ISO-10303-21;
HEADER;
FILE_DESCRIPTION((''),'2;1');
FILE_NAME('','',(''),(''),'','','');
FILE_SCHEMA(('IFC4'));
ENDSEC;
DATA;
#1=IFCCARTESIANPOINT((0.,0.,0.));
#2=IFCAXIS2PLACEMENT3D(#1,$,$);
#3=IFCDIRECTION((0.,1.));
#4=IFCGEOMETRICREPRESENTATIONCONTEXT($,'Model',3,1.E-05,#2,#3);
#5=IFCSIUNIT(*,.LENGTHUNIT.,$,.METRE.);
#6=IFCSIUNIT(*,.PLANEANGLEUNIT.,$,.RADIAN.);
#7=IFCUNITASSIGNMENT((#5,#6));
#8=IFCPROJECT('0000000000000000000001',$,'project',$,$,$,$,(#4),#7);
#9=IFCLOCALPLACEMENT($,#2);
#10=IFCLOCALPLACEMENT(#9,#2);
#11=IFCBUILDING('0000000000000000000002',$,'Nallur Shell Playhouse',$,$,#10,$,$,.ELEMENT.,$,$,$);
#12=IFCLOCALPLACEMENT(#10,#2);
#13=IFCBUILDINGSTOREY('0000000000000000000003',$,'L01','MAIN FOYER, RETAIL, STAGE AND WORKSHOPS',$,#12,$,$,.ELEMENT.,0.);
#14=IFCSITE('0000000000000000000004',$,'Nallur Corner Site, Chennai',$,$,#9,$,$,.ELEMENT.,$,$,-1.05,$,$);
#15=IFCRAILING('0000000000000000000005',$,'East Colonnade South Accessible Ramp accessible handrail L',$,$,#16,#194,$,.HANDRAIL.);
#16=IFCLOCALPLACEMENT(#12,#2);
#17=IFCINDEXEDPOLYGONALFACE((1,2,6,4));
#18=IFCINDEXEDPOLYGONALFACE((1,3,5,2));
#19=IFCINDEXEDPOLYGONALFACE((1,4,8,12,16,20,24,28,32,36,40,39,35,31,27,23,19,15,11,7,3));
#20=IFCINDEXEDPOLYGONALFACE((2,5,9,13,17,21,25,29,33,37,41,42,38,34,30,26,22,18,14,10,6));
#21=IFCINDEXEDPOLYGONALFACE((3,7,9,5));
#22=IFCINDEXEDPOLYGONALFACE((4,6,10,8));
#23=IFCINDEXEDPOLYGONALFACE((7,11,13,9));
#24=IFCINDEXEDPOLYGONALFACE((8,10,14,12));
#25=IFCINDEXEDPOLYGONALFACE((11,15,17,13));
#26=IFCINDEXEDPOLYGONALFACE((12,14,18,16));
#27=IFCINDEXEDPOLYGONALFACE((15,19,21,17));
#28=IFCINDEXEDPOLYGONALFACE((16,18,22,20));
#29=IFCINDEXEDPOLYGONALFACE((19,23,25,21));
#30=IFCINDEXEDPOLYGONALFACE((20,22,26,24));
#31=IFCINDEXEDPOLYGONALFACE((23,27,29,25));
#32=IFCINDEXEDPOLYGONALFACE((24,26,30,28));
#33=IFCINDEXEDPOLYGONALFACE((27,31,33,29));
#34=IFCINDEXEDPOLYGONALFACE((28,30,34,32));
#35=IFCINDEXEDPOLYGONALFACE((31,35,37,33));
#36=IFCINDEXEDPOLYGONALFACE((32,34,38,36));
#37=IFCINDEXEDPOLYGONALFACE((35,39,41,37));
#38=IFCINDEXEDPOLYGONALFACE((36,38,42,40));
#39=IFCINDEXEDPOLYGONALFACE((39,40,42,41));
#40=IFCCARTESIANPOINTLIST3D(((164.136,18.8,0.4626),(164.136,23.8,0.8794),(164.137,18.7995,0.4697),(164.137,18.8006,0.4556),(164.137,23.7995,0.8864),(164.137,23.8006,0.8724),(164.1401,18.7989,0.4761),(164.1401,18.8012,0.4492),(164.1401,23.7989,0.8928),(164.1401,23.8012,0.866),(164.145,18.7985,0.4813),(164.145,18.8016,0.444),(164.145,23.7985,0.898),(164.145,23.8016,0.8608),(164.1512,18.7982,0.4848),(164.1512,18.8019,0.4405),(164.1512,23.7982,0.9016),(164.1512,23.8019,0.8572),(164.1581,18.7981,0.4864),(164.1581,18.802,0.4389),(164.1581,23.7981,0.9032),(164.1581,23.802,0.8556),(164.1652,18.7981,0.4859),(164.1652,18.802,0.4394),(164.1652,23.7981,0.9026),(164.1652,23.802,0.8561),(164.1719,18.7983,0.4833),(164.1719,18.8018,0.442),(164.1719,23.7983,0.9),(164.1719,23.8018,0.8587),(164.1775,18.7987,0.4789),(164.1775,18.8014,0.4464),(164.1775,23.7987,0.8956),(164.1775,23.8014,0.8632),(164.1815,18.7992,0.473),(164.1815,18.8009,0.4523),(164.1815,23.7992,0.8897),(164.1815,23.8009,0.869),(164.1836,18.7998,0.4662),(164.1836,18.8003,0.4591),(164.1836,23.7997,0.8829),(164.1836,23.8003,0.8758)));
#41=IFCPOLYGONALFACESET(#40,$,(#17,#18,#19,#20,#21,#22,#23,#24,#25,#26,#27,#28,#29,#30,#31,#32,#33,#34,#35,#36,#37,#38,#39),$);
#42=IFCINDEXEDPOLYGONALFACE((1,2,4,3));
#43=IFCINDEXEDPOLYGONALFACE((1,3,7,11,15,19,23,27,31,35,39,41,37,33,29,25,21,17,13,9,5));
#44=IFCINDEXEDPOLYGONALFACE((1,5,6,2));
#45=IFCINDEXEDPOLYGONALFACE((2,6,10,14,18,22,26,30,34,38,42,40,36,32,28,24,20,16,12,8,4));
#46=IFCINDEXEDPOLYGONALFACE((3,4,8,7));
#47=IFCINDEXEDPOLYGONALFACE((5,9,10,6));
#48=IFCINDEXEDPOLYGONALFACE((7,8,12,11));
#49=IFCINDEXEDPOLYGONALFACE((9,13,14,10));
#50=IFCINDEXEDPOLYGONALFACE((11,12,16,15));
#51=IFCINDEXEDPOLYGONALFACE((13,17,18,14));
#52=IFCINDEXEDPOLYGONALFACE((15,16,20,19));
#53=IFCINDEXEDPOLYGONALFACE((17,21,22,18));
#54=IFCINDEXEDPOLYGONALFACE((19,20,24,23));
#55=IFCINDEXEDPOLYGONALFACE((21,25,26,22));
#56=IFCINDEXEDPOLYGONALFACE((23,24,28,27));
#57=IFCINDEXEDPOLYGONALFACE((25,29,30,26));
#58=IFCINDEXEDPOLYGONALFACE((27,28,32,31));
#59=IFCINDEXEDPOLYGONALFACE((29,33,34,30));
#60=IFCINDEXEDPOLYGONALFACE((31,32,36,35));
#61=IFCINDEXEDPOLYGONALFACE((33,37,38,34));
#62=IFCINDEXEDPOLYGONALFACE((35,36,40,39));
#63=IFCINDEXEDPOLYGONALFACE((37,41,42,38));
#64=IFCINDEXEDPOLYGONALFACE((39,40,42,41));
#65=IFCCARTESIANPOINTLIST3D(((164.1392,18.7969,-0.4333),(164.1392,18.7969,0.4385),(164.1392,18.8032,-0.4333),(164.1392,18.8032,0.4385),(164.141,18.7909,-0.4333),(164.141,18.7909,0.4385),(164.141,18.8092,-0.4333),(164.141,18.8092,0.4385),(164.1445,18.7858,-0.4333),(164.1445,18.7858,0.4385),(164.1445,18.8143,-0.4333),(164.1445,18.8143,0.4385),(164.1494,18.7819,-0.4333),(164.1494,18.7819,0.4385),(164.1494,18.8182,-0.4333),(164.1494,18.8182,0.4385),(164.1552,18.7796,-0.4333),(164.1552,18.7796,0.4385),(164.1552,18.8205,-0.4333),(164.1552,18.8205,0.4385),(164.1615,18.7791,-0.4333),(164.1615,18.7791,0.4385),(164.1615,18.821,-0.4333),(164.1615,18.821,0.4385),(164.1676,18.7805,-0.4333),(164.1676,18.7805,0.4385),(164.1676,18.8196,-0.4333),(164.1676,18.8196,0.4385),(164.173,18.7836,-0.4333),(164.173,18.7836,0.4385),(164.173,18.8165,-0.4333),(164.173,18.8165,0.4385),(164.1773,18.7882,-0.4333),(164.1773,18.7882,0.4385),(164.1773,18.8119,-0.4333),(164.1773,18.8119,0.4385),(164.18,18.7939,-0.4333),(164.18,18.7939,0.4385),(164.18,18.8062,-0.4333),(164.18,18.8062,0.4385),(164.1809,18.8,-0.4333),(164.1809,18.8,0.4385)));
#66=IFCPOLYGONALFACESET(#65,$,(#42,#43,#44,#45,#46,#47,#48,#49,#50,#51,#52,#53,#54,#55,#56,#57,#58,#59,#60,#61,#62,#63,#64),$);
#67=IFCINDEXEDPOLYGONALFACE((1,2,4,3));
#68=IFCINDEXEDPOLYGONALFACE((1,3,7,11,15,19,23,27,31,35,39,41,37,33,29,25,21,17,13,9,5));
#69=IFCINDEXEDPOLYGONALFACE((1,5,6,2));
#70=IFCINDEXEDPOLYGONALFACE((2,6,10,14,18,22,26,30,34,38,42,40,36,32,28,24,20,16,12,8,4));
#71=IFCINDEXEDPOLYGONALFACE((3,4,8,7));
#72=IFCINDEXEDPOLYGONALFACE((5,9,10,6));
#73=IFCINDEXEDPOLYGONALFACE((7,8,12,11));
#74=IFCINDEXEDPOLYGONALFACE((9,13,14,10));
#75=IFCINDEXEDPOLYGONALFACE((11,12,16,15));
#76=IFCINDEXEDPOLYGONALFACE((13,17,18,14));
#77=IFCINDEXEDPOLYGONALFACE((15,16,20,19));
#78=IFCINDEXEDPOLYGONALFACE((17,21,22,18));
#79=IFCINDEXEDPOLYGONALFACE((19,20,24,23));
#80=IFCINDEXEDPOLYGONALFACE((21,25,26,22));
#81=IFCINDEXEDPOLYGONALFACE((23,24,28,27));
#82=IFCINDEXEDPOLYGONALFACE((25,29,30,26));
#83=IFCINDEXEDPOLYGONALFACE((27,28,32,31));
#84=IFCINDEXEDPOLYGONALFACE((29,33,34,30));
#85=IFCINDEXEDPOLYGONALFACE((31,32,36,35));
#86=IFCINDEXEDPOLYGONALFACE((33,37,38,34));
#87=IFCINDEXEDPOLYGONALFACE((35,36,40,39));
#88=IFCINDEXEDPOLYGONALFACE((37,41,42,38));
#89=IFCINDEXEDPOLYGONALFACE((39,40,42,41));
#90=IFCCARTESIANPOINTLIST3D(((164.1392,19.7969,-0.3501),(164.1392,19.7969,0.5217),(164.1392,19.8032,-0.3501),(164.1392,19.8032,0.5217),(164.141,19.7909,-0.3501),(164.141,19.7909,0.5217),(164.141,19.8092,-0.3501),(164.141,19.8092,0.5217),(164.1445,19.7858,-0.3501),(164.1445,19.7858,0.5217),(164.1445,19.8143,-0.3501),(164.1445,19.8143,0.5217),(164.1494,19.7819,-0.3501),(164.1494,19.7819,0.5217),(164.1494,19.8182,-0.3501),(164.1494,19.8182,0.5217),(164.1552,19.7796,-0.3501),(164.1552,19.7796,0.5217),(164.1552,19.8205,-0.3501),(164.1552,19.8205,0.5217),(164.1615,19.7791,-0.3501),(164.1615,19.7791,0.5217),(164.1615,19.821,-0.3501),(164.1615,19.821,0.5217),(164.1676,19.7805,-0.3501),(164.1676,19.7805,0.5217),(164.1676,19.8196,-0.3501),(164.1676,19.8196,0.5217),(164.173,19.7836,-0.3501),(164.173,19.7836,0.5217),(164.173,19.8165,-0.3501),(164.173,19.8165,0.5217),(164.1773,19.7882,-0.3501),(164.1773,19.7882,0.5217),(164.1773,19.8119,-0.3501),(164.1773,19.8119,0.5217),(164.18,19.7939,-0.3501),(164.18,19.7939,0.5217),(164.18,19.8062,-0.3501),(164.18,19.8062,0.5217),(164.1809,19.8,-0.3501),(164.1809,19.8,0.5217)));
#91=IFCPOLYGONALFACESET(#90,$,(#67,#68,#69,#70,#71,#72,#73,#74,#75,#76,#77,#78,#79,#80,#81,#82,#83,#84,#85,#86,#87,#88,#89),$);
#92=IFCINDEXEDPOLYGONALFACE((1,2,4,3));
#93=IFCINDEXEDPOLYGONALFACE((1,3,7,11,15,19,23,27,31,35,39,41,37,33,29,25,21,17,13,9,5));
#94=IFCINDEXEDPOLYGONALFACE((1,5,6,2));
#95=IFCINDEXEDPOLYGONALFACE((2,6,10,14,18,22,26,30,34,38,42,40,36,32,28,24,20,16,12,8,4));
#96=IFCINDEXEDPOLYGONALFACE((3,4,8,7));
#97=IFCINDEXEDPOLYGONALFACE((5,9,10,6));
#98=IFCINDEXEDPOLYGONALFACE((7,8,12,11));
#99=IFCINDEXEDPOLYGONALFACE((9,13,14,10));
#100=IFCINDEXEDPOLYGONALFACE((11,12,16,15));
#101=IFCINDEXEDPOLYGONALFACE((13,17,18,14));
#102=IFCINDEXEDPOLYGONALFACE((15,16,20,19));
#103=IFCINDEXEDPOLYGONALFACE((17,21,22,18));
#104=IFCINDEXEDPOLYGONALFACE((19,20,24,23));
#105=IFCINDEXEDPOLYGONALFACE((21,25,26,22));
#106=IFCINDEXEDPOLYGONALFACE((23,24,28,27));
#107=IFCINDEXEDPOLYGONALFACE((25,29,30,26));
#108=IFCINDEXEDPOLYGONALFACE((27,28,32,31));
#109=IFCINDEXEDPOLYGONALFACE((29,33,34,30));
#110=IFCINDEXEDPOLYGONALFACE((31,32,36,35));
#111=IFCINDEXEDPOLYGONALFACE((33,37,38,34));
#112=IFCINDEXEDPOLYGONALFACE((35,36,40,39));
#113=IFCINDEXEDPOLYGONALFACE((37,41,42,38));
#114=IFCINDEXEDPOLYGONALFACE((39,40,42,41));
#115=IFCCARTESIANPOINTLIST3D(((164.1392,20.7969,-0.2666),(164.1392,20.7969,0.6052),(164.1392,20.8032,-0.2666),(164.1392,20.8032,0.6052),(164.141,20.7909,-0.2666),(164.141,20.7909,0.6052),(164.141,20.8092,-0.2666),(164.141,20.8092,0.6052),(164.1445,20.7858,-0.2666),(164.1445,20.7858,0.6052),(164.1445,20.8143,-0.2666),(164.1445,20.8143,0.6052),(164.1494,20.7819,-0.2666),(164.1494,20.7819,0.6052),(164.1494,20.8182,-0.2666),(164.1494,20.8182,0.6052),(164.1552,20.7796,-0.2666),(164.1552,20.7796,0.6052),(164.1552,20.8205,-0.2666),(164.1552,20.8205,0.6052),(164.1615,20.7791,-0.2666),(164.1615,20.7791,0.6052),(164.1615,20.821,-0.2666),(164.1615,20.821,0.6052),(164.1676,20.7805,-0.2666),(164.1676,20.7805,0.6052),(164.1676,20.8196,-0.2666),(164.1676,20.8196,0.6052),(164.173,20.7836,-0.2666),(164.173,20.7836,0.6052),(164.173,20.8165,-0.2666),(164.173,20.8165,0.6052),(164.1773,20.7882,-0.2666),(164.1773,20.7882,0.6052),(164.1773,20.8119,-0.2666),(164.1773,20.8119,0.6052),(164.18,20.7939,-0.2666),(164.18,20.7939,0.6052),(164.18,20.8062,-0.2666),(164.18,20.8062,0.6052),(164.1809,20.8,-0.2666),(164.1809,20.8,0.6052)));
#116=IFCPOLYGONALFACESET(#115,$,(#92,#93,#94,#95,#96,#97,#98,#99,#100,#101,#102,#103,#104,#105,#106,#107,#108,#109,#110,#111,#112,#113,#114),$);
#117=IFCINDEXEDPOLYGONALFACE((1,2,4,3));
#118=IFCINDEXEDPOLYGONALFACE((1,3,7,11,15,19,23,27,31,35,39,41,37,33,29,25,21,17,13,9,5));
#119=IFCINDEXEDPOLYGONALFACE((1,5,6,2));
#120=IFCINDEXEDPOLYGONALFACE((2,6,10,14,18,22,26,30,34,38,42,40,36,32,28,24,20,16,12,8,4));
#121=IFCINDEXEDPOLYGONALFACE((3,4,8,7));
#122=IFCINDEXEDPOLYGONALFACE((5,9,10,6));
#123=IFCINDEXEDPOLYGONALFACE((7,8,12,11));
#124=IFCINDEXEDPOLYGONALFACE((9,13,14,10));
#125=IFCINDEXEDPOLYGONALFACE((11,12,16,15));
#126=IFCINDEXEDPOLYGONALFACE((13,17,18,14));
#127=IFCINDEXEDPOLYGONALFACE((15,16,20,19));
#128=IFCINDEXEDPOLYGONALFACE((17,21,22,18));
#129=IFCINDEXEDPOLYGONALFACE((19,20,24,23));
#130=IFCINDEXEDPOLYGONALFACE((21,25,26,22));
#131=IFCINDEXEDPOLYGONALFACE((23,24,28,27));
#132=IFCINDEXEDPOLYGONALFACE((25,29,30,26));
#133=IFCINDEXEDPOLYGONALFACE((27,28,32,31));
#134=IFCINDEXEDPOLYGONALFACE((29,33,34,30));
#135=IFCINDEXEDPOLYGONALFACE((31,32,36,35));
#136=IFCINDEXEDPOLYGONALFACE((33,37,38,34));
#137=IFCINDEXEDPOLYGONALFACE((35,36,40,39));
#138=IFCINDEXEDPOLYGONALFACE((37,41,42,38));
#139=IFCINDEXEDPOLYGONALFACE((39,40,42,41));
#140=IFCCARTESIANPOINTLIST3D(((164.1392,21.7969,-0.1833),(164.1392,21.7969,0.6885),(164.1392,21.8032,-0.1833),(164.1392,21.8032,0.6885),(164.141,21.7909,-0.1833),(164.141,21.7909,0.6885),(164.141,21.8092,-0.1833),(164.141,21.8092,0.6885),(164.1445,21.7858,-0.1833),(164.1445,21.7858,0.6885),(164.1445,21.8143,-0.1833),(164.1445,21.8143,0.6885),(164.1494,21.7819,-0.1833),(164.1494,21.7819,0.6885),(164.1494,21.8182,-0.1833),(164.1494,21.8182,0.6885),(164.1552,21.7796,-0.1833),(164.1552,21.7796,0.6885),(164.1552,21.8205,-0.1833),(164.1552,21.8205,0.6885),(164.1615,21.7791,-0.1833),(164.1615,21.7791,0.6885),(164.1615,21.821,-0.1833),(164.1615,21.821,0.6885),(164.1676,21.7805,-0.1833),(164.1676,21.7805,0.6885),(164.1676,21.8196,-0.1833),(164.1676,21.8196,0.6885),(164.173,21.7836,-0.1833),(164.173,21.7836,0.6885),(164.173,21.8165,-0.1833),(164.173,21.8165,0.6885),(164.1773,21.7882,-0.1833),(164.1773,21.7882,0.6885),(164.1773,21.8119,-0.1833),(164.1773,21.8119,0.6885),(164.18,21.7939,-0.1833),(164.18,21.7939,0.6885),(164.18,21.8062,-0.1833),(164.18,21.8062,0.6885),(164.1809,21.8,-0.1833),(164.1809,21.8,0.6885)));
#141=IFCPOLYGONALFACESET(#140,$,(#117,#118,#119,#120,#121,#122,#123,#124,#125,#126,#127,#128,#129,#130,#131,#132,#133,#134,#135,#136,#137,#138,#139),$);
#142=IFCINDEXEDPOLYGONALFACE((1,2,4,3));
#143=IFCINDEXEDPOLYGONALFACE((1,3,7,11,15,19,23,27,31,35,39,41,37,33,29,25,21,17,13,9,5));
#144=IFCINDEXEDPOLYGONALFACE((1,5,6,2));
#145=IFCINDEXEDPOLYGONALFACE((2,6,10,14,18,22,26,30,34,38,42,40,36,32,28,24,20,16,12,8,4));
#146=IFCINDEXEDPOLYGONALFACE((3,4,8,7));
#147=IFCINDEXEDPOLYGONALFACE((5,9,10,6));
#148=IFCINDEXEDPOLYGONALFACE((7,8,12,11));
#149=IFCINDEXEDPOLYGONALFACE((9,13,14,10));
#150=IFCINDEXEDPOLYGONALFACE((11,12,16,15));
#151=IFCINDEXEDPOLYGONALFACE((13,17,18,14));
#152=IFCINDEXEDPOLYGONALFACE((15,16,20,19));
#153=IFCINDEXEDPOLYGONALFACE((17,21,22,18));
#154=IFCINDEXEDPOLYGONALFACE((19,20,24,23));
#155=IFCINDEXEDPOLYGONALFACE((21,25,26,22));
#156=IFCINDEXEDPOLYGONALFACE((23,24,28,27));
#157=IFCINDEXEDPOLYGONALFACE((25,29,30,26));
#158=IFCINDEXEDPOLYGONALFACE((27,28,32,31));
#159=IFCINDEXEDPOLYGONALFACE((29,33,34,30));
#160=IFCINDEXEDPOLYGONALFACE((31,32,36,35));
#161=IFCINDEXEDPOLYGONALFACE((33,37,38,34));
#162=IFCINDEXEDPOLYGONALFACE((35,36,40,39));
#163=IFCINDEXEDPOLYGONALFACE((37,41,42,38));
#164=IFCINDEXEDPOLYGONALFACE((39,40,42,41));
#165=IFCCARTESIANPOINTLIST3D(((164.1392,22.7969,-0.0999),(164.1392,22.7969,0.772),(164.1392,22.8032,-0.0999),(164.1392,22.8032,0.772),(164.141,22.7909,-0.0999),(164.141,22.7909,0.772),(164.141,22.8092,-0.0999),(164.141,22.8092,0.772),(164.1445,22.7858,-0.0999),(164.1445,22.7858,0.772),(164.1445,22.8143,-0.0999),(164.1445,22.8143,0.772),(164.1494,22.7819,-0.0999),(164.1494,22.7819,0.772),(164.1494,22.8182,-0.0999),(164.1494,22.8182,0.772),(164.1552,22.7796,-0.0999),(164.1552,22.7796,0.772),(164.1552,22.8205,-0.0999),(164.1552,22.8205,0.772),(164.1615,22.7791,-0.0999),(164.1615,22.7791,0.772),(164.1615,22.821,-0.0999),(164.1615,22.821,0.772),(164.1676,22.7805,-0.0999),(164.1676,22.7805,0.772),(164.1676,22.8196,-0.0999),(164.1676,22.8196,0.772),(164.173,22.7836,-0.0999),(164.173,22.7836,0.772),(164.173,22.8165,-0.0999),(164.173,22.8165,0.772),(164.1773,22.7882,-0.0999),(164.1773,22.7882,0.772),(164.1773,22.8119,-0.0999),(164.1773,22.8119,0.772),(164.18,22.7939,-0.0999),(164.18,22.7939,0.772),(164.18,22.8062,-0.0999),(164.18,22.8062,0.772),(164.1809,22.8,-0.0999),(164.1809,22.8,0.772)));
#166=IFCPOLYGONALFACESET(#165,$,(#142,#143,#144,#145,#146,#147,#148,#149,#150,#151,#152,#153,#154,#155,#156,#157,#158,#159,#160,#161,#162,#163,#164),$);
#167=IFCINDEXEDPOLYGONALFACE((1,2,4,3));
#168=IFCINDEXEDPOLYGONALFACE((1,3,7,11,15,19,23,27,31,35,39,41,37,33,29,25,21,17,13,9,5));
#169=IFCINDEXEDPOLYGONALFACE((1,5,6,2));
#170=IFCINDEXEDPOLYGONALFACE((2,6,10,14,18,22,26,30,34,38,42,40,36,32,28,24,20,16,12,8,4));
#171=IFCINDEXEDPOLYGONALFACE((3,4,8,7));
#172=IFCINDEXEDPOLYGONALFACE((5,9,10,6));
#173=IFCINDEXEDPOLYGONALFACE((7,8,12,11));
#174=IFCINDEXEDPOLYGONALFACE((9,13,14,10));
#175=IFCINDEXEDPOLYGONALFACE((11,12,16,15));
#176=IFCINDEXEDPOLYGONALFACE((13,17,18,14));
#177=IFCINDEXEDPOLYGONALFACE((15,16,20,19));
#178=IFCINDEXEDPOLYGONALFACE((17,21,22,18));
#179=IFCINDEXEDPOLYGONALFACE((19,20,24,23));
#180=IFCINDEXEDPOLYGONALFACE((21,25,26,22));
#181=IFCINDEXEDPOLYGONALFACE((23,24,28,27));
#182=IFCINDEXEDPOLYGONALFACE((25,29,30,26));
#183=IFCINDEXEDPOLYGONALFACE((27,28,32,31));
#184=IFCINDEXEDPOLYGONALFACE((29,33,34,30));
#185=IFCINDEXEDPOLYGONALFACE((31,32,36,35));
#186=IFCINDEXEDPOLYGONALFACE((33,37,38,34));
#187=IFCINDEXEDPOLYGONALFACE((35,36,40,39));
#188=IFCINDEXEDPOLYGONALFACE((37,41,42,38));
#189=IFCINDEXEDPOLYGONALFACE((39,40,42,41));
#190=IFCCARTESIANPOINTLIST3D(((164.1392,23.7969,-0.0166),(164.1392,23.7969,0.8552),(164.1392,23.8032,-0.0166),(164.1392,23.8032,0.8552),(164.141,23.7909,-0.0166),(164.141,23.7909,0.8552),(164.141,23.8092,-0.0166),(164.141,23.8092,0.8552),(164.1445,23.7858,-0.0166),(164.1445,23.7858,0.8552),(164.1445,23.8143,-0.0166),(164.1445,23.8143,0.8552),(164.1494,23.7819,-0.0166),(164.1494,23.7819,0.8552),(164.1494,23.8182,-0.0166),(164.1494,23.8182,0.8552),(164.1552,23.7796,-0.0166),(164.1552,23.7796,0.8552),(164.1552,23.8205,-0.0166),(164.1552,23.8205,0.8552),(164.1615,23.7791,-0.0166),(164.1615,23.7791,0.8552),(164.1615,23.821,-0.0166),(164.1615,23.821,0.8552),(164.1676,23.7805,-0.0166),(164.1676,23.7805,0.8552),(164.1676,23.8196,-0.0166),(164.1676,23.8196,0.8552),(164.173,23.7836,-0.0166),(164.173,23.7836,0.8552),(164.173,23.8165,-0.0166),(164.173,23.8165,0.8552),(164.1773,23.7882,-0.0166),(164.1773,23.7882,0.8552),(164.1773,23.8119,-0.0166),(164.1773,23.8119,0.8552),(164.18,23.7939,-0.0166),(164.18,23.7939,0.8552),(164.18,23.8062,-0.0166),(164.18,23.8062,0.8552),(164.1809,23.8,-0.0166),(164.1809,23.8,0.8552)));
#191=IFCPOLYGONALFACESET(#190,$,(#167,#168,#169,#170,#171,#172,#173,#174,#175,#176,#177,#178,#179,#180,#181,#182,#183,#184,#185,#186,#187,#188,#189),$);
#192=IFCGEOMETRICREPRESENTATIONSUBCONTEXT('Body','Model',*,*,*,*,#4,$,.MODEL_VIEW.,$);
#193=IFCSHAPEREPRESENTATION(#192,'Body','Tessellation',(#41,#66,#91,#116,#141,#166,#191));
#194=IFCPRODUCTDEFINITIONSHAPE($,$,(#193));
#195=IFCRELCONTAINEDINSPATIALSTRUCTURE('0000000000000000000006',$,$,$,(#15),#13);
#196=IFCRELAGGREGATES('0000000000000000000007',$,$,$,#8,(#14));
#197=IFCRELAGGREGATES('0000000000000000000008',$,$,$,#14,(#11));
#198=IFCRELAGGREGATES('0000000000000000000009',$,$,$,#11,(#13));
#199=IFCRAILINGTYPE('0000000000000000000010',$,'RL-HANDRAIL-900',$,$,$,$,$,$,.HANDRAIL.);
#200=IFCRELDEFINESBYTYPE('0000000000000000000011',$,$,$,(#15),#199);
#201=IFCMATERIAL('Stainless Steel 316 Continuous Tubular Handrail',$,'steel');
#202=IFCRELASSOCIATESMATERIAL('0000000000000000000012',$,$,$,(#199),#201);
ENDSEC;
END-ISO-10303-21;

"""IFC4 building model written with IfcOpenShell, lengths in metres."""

from ifc_helpers import new_model, si_unit, direction, frame, origin, origin_2d, place, context, subcontext, project, spatial, circle, extrude, material, type_object, element, save


model = new_model("IFC4")

# Units and contexts
model_context = context("Model", 3, precision=1e-05, world=origin(), true_north=direction((0.0, 1.0)))
body_context = subcontext(model_context, "Body", "Model", "MODEL_VIEW")
ifc_project = project(units=[si_unit("LENGTHUNIT", "METRE"), si_unit("PLANEANGLEUNIT", "RADIAN")], contexts=[model_context])

# Site, building, storey
site_placement = place(None, origin())
site = spatial("IfcSite", under=ifc_project, at=site_placement, Name="Nallur Corner Site, Chennai", CompositionType="ELEMENT", RefElevation=-1.05)
building_placement = place(site_placement, origin())
building = spatial("IfcBuilding", under=site, at=building_placement, Name="Nallur Shell Playhouse", CompositionType="ELEMENT")
storey_placement = place(building_placement, origin())
storey = spatial("IfcBuildingStorey", under=building, at=storey_placement, Name="L01", Description="MAIN FOYER, RETAIL, STAGE AND WORKSHOPS", CompositionType="ELEMENT", Elevation=0.0)

# Railing
ifc_material_1 = material(Name="Stainless Steel 316 Continuous Tubular Handrail", Category="steel")
railing_type = type_object("IfcRailingType", Name="RL-HANDRAIL-900", PredefinedType="HANDRAIL", material=ifc_material_1)
for number, where, name in (
    (1, (164.1599, 18.8, -0.4333), "East Colonnade South Accessible Ramp accessible handrail L"),
):
    element("IfcRailing", number, at=place(storey_placement, frame(where)), inside=storey, type_object=railing_type, Name=name, PredefinedType="HANDRAIL", context=body_context, shape_type="SweptSolid", body=[
        extrude(circle(Radius=0.0239, at=origin_2d()), frame((0.0, 0.0, 0.896), z_axis=(0.0, 0.996544, 0.083062), x_axis=(-1.0, 0.0, 0.0)), (0.0, 0.0, 1.0), 5.0173),
        extrude(circle(Radius=0.021, at=origin_2d()), origin(), (0.0, 0.0, 1.0), 0.8718),
        extrude(circle(Radius=0.021, at=origin_2d()), frame((0.0, 1.0, 0.0833)), (0.0, 0.0, 1.0), 0.8718),
        extrude(circle(Radius=0.021, at=origin_2d()), frame((0.0, 2.0, 0.1667)), (0.0, 0.0, 1.0), 0.8718),
        extrude(circle(Radius=0.021, at=origin_2d()), frame((0.0, 3.0, 0.25)), (0.0, 0.0, 1.0), 0.8718),
        extrude(circle(Radius=0.021, at=origin_2d()), frame((0.0, 4.0, 0.3335)), (0.0, 0.0, 1.0), 0.8718),
        extrude(circle(Radius=0.021, at=origin_2d()), frame((0.0, 5.0, 0.4167)), (0.0, 0.0, 1.0), 0.8718),
    ])

save(model, "model.ifc")
